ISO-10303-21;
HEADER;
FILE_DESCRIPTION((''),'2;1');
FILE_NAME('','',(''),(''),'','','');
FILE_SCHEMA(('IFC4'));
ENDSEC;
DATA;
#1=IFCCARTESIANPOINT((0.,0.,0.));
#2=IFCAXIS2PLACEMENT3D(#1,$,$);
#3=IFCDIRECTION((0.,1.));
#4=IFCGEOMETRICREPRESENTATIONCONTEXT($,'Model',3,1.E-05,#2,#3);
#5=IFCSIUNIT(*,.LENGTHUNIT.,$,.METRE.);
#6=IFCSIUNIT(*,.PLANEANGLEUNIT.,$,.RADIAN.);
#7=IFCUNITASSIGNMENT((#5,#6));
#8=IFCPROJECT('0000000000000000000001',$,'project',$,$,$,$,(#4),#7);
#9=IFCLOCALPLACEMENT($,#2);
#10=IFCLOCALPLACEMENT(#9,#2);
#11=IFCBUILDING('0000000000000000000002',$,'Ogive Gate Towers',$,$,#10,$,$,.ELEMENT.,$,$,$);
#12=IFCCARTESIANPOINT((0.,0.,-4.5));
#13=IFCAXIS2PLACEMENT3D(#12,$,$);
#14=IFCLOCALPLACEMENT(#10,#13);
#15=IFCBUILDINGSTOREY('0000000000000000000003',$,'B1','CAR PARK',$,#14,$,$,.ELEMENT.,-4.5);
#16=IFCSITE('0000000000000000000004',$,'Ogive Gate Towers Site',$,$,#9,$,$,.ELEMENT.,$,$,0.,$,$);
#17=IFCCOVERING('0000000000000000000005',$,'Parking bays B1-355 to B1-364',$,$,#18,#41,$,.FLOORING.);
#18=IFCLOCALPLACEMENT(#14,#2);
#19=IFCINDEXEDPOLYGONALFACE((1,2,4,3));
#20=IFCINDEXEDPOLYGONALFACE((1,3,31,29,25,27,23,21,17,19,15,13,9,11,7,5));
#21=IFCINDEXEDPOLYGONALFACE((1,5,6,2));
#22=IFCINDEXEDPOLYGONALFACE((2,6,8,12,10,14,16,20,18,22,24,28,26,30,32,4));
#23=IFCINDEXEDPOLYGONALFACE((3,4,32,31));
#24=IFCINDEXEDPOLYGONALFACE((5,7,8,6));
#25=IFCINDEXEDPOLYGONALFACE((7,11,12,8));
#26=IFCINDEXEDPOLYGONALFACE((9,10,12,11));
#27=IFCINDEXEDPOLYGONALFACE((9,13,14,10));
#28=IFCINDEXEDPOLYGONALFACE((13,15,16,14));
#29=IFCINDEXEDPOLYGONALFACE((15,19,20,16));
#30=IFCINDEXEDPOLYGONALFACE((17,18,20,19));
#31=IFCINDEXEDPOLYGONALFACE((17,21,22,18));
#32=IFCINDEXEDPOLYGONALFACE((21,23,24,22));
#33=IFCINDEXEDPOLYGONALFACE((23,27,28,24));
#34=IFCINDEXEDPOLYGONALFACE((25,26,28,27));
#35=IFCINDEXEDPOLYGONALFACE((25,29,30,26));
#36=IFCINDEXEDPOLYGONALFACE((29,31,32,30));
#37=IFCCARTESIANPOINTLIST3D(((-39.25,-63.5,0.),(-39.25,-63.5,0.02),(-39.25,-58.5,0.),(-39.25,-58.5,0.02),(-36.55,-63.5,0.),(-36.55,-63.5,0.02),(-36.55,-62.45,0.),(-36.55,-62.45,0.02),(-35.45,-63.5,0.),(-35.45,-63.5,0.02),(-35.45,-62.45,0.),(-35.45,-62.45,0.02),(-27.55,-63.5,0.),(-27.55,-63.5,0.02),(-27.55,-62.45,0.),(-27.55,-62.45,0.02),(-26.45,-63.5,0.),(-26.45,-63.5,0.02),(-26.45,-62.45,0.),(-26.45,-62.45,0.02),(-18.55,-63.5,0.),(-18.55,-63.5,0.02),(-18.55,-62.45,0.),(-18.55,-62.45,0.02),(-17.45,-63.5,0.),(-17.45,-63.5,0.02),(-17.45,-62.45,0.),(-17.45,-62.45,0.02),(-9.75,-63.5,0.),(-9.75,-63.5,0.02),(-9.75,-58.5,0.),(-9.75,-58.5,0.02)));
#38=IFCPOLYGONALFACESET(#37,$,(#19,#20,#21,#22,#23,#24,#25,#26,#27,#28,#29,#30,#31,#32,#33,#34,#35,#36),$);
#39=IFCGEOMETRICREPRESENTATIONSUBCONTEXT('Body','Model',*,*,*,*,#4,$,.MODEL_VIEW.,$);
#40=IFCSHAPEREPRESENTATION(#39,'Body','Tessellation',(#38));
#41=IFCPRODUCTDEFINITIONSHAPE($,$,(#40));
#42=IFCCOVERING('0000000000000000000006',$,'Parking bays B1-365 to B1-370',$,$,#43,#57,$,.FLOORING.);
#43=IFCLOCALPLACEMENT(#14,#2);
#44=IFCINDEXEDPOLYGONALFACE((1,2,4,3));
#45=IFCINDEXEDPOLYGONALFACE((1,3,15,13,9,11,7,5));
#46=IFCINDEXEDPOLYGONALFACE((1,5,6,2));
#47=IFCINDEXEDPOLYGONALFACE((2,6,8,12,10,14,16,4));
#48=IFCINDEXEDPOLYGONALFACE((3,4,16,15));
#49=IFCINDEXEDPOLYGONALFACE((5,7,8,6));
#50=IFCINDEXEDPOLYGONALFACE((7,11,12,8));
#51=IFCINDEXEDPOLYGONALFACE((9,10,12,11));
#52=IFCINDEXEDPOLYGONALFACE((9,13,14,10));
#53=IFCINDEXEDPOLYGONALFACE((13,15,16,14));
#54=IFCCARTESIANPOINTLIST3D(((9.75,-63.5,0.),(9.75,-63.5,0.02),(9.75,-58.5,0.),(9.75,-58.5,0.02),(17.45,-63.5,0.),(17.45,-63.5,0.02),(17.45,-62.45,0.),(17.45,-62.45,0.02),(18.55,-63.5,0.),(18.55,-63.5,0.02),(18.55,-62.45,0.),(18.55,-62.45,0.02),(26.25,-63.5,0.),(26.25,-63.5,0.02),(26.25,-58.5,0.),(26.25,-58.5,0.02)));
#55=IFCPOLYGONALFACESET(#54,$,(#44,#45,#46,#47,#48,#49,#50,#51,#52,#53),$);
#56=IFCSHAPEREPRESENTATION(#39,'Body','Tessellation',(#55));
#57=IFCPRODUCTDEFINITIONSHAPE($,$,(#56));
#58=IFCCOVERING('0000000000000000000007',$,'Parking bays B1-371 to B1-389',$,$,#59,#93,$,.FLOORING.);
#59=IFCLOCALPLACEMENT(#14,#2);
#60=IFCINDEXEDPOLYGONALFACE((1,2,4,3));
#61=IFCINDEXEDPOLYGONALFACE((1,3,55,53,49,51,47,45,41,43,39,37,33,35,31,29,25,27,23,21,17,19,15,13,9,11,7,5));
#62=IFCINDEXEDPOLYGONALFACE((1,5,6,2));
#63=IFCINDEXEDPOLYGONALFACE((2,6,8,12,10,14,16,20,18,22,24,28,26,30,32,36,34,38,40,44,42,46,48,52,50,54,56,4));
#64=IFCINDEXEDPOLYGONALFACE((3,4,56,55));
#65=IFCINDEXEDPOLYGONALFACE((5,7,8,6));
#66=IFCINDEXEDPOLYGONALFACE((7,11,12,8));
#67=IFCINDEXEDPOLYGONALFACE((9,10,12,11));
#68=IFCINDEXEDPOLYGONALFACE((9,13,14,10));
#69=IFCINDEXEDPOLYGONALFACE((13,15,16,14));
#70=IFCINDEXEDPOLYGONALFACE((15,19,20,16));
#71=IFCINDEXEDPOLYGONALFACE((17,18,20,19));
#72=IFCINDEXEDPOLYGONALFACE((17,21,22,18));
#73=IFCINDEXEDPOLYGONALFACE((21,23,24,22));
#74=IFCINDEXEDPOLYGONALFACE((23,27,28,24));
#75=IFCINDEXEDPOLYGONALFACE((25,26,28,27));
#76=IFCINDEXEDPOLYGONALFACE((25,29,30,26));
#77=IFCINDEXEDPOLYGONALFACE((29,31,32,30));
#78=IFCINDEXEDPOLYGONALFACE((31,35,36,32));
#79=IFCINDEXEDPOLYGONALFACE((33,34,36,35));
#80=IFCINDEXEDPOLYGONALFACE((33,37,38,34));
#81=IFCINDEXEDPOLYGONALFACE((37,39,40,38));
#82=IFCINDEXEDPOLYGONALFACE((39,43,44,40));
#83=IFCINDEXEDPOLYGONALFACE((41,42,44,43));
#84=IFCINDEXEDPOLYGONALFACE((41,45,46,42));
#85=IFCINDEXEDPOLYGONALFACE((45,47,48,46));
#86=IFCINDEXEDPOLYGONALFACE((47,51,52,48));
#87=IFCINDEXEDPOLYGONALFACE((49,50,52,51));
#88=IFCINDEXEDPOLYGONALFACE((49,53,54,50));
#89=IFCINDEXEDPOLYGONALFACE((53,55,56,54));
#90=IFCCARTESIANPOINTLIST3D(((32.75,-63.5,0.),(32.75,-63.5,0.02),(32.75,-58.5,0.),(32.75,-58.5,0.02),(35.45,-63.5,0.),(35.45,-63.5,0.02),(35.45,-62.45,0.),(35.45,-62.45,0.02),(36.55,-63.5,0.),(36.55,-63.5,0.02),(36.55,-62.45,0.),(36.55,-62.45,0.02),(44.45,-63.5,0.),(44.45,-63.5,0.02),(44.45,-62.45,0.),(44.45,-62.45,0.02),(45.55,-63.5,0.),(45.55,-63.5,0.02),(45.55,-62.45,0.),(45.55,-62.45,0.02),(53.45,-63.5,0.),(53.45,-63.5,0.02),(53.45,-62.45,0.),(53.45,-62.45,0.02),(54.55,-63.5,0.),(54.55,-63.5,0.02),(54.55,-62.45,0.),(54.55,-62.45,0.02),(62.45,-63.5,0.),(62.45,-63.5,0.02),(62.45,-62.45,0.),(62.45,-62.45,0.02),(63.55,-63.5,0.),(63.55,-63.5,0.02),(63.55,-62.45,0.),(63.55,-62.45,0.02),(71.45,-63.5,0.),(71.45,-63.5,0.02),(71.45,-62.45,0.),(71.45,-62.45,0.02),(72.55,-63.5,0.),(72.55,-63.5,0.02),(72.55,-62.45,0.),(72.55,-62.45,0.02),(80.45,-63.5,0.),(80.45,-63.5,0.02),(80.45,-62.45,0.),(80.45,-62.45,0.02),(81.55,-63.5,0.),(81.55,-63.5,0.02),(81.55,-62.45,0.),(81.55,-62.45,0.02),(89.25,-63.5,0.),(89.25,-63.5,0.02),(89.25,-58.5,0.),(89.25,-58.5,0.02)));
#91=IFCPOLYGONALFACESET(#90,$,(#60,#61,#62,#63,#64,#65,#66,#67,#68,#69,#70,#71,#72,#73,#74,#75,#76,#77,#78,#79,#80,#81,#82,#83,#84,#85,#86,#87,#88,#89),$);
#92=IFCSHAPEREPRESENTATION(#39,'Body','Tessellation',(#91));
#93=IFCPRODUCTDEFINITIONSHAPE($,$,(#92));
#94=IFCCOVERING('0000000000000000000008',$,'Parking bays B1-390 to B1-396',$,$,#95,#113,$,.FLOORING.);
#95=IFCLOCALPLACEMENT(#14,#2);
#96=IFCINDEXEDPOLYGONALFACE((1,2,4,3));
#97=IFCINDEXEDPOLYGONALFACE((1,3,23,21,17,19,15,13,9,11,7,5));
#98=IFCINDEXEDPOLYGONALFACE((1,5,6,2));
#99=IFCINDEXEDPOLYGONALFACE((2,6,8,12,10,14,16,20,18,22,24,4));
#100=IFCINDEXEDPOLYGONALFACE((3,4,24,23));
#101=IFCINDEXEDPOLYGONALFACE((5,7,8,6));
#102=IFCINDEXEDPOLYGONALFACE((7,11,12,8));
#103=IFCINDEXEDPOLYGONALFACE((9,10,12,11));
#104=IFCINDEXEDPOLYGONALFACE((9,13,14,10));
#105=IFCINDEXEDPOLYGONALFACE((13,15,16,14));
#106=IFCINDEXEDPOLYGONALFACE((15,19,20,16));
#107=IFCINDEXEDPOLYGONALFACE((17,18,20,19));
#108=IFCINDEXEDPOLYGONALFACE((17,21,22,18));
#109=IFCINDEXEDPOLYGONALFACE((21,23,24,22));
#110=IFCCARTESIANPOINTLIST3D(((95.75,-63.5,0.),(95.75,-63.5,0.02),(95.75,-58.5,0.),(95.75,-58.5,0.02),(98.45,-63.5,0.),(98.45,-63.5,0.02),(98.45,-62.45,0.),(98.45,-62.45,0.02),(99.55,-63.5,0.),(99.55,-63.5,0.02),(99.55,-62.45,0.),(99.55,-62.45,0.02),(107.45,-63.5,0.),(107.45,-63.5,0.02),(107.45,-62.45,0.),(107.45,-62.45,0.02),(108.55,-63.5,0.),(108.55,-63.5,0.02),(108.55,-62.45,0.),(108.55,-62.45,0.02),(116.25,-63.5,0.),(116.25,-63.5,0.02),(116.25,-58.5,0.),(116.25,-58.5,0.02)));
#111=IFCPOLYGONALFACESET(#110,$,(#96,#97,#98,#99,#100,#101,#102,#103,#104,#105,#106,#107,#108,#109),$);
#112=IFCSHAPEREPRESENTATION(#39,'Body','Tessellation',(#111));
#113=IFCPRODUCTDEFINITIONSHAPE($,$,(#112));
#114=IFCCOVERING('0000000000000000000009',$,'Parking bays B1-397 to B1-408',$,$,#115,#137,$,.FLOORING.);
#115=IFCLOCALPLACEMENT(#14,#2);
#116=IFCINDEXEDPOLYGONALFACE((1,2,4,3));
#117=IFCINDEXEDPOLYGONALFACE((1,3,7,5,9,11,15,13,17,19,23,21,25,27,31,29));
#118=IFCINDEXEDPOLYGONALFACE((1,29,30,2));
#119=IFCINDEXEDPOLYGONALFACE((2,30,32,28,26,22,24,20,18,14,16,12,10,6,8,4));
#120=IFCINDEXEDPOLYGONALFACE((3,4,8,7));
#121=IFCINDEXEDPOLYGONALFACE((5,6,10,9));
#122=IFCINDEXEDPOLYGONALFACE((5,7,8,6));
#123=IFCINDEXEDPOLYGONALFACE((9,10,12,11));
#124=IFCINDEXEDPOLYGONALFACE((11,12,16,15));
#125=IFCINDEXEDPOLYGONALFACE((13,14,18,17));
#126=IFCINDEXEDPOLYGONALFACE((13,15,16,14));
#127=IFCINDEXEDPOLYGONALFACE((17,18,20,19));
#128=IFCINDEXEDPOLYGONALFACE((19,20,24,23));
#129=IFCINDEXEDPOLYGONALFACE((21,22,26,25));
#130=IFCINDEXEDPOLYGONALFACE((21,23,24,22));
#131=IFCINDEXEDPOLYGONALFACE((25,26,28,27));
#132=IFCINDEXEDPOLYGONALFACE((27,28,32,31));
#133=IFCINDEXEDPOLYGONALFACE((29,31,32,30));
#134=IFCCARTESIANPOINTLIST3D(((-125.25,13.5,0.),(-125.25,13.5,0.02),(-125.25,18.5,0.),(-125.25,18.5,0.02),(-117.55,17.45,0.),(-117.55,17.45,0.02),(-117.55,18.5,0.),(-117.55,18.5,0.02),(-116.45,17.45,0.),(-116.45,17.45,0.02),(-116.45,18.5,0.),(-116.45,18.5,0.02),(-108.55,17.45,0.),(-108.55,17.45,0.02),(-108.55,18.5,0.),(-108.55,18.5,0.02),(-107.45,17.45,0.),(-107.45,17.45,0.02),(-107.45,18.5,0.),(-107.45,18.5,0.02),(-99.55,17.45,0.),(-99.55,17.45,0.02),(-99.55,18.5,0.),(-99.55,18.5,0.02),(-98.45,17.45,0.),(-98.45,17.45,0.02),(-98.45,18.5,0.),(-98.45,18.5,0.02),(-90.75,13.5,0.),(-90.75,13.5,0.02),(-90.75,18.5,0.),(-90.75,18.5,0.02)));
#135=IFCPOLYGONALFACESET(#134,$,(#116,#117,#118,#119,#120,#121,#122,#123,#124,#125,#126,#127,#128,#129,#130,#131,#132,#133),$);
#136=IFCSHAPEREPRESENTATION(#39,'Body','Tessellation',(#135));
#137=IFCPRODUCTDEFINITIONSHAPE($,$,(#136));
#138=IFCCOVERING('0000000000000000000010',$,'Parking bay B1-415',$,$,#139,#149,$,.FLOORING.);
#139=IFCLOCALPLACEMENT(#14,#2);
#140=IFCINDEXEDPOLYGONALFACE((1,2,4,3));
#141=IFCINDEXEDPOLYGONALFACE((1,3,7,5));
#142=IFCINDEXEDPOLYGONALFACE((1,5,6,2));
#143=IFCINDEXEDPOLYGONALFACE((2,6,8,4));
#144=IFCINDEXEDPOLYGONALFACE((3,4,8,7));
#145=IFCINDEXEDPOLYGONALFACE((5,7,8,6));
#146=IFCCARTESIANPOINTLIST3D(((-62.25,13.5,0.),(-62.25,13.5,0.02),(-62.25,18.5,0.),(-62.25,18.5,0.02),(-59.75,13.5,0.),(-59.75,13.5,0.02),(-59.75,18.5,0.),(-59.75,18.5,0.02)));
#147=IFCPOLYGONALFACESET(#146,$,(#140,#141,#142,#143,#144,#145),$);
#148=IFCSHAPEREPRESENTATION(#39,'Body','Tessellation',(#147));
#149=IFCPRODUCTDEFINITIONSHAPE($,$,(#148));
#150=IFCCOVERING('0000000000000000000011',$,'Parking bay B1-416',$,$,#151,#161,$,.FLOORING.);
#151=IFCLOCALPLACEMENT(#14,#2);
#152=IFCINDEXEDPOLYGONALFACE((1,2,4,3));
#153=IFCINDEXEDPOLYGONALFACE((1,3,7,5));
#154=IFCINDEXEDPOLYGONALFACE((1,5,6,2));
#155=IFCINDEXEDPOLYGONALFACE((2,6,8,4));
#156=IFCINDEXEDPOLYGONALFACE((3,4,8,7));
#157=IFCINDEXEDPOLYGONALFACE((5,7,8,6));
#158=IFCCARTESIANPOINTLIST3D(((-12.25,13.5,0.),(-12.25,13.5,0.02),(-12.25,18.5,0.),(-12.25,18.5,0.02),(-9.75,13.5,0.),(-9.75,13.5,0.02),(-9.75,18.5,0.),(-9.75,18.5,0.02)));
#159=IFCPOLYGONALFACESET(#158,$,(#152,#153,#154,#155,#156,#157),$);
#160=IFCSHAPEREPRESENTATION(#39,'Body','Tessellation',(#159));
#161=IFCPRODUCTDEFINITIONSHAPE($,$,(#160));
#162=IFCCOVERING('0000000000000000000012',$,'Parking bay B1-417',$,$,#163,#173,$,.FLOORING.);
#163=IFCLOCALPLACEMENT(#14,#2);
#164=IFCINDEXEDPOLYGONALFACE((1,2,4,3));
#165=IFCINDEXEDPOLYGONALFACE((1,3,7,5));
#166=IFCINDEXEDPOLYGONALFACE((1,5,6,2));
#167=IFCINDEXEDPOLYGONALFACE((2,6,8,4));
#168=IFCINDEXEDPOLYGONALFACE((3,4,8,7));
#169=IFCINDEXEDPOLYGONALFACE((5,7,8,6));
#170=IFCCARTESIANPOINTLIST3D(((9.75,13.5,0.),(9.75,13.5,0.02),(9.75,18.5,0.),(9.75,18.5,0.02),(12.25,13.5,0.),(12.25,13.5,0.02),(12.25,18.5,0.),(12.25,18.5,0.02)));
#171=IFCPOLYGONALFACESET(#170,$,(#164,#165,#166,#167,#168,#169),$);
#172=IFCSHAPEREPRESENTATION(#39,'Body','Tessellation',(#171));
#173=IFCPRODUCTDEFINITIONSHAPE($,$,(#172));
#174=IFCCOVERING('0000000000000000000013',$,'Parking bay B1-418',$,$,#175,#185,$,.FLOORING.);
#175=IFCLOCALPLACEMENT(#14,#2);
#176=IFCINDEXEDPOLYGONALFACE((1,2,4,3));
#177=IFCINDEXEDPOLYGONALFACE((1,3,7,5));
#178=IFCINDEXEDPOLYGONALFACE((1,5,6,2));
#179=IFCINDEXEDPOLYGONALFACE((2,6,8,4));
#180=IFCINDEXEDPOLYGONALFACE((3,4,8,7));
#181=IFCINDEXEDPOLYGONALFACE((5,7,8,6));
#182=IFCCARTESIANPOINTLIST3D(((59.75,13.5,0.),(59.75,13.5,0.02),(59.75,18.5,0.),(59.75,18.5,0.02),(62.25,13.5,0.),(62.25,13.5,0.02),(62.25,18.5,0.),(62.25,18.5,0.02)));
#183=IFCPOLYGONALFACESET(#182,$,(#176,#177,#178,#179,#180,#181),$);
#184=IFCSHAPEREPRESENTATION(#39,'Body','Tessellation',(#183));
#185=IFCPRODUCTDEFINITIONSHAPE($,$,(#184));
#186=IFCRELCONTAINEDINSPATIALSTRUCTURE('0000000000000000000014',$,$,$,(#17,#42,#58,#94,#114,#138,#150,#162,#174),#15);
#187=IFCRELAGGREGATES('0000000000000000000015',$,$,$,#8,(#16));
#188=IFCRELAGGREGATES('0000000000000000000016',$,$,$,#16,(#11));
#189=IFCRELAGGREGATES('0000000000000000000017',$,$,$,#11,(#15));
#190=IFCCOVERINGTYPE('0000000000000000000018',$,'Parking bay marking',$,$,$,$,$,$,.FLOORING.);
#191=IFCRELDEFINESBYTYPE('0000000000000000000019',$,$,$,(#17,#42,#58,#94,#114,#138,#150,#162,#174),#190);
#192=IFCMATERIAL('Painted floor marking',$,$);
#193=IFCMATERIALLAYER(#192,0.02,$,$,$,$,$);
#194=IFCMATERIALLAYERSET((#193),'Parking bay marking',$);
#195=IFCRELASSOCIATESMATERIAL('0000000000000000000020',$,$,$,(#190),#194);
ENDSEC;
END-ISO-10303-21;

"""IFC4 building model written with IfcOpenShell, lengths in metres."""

from ifc_helpers import new_model, si_unit, direction, frame, origin, place, context, subcontext, project, spatial, polyline, outline, extrude, material, layer, layer_set, type_object, element, save


model = new_model("IFC4")

# Units and contexts
model_context = context("Model", 3, precision=1e-05, world=origin(), true_north=direction((0.0, 1.0)))
body_context = subcontext(model_context, "Body", "Model", "MODEL_VIEW")
ifc_project = project(units=[si_unit("LENGTHUNIT", "METRE"), si_unit("PLANEANGLEUNIT", "RADIAN")], contexts=[model_context])

# Site, building, storey
site_placement = place(None, origin())
site = spatial("IfcSite", under=ifc_project, at=site_placement, Name="Ogive Gate Towers Site", CompositionType="ELEMENT", RefElevation=0.0)
building_placement = place(site_placement, origin())
building = spatial("IfcBuilding", under=site, at=building_placement, Name="Ogive Gate Towers", CompositionType="ELEMENT")
storey_placement = place(building_placement, frame((0.0, 0.0, -4.5)))
storey = spatial("IfcBuildingStorey", under=building, at=storey_placement, Name="B1", Description="CAR PARK", CompositionType="ELEMENT", Elevation=-4.5)

# Coverings
ifc_material = material(Name="Painted floor marking")
ifc_layer_1 = layer(ifc_material, 0.02)
ifc_layer_set_1 = layer_set([ifc_layer_1], Name="Parking bay marking")
covering_type_1 = type_object("IfcCoveringType", Name="Parking bay marking", PredefinedType="FLOORING", material=ifc_layer_set_1)
covering_1_placement = place(storey_placement, origin())
element("IfcCovering", 1, at=covering_1_placement, inside=storey, type_object=covering_type_1, Name="Parking bays B1-355 to B1-364", PredefinedType="FLOORING", context=body_context, shape_type="SweptSolid", body=[
    extrude(outline(polyline([(-9.75, -58.5), (-9.75, -63.5), (-17.45, -63.5), (-17.45, -62.45), (-18.55, -62.45), (-18.55, -63.5), (-26.45, -63.5), (-26.45, -62.45), (-27.55, -62.45), (-27.55, -63.5), (-35.45, -63.5), (-35.45, -62.45), (-36.55, -62.45), (-36.55, -63.5), (-39.25, -63.5), (-39.25, -58.5), (-9.75, -58.5)])), origin(), (0.0, 0.0, 1.0), 0.02),
])
covering_2_placement = place(storey_placement, origin())
element("IfcCovering", 2, at=covering_2_placement, inside=storey, type_object=covering_type_1, Name="Parking bays B1-365 to B1-370", PredefinedType="FLOORING", context=body_context, shape_type="SweptSolid", body=[
    extrude(outline(polyline([(9.75, -58.5), (26.25, -58.5), (26.25, -63.5), (18.55, -63.5), (18.55, -62.45), (17.45, -62.45), (17.45, -63.5), (9.75, -63.5), (9.75, -58.5)])), origin(), (0.0, 0.0, 1.0), 0.02),
])
covering_3_placement = place(storey_placement, origin())
element("IfcCovering", 3, at=covering_3_placement, inside=storey, type_object=covering_type_1, Name="Parking bays B1-371 to B1-389", PredefinedType="FLOORING", context=body_context, shape_type="SweptSolid", body=[
    extrude(outline(polyline([(89.25, -58.5), (89.25, -63.5), (81.55, -63.5), (81.55, -62.45), (80.45, -62.45), (80.45, -63.5), (72.55, -63.5), (72.55, -62.45), (71.45, -62.45), (71.45, -63.5), (63.55, -63.5), (63.55, -62.45), (62.45, -62.45), (62.45, -63.5), (54.55, -63.5), (54.55, -62.45), (53.45, -62.45), (53.45, -63.5), (45.55, -63.5), (45.55, -62.45), (44.45, -62.45), (44.45, -63.5), (36.55, -63.5), (36.55, -62.45), (35.45, -62.45), (35.45, -63.5), (32.75, -63.5), (32.75, -58.5), (89.25, -58.5)])), origin(), (0.0, 0.0, 1.0), 0.02),
])
covering_4_placement = place(storey_placement, origin())
element("IfcCovering", 4, at=covering_4_placement, inside=storey, type_object=covering_type_1, Name="Parking bays B1-390 to B1-396", PredefinedType="FLOORING", context=body_context, shape_type="SweptSolid", body=[
    extrude(outline(polyline([(116.25, -58.5), (116.25, -63.5), (108.55, -63.5), (108.55, -62.45), (107.45, -62.45), (107.45, -63.5), (99.55, -63.5), (99.55, -62.45), (98.45, -62.45), (98.45, -63.5), (95.75, -63.5), (95.75, -58.5), (116.25, -58.5)])), origin(), (0.0, 0.0, 1.0), 0.02),
])
covering_5_placement = place(storey_placement, origin())
element("IfcCovering", 5, at=covering_5_placement, inside=storey, type_object=covering_type_1, Name="Parking bays B1-397 to B1-408", PredefinedType="FLOORING", context=body_context, shape_type="SweptSolid", body=[
    extrude(outline(polyline([(-125.25, 18.5), (-117.55, 18.5), (-117.55, 17.45), (-116.45, 17.45), (-116.45, 18.5), (-108.55, 18.5), (-108.55, 17.45), (-107.45, 17.45), (-107.45, 18.5), (-99.55, 18.5), (-99.55, 17.45), (-98.45, 17.45), (-98.45, 18.5), (-90.75, 18.5), (-90.75, 13.5), (-125.25, 13.5), (-125.25, 18.5)])), origin(), (0.0, 0.0, 1.0), 0.02),
])
covering_6_placement = place(storey_placement, origin())
element("IfcCovering", 6, at=covering_6_placement, inside=storey, type_object=covering_type_1, Name="Parking bay B1-415", PredefinedType="FLOORING", context=body_context, shape_type="SweptSolid", body=[
    extrude(outline(polyline([(-62.25, 18.5), (-59.75, 18.5), (-59.75, 13.5), (-62.25, 13.5), (-62.25, 18.5)])), origin(), (0.0, 0.0, 1.0), 0.02),
])
covering_7_placement = place(storey_placement, origin())
element("IfcCovering", 7, at=covering_7_placement, inside=storey, type_object=covering_type_1, Name="Parking bay B1-416", PredefinedType="FLOORING", context=body_context, shape_type="SweptSolid", body=[
    extrude(outline(polyline([(-12.25, 18.5), (-9.75, 18.5), (-9.75, 13.5), (-12.25, 13.5), (-12.25, 18.5)])), origin(), (0.0, 0.0, 1.0), 0.02),
])
covering_8_placement = place(storey_placement, origin())
element("IfcCovering", 8, at=covering_8_placement, inside=storey, type_object=covering_type_1, Name="Parking bay B1-417", PredefinedType="FLOORING", context=body_context, shape_type="SweptSolid", body=[
    extrude(outline(polyline([(9.75, 13.5), (9.75, 18.5), (12.25, 18.5), (12.25, 13.5), (9.75, 13.5)])), origin(), (0.0, 0.0, 1.0), 0.02),
])
covering_9_placement = place(storey_placement, origin())
element("IfcCovering", 9, at=covering_9_placement, inside=storey, type_object=covering_type_1, Name="Parking bay B1-418", PredefinedType="FLOORING", context=body_context, shape_type="SweptSolid", body=[
    extrude(outline(polyline([(59.75, 18.5), (62.25, 18.5), (62.25, 13.5), (59.75, 13.5), (59.75, 18.5)])), origin(), (0.0, 0.0, 1.0), 0.02),
])

save(model, "model.ifc")
